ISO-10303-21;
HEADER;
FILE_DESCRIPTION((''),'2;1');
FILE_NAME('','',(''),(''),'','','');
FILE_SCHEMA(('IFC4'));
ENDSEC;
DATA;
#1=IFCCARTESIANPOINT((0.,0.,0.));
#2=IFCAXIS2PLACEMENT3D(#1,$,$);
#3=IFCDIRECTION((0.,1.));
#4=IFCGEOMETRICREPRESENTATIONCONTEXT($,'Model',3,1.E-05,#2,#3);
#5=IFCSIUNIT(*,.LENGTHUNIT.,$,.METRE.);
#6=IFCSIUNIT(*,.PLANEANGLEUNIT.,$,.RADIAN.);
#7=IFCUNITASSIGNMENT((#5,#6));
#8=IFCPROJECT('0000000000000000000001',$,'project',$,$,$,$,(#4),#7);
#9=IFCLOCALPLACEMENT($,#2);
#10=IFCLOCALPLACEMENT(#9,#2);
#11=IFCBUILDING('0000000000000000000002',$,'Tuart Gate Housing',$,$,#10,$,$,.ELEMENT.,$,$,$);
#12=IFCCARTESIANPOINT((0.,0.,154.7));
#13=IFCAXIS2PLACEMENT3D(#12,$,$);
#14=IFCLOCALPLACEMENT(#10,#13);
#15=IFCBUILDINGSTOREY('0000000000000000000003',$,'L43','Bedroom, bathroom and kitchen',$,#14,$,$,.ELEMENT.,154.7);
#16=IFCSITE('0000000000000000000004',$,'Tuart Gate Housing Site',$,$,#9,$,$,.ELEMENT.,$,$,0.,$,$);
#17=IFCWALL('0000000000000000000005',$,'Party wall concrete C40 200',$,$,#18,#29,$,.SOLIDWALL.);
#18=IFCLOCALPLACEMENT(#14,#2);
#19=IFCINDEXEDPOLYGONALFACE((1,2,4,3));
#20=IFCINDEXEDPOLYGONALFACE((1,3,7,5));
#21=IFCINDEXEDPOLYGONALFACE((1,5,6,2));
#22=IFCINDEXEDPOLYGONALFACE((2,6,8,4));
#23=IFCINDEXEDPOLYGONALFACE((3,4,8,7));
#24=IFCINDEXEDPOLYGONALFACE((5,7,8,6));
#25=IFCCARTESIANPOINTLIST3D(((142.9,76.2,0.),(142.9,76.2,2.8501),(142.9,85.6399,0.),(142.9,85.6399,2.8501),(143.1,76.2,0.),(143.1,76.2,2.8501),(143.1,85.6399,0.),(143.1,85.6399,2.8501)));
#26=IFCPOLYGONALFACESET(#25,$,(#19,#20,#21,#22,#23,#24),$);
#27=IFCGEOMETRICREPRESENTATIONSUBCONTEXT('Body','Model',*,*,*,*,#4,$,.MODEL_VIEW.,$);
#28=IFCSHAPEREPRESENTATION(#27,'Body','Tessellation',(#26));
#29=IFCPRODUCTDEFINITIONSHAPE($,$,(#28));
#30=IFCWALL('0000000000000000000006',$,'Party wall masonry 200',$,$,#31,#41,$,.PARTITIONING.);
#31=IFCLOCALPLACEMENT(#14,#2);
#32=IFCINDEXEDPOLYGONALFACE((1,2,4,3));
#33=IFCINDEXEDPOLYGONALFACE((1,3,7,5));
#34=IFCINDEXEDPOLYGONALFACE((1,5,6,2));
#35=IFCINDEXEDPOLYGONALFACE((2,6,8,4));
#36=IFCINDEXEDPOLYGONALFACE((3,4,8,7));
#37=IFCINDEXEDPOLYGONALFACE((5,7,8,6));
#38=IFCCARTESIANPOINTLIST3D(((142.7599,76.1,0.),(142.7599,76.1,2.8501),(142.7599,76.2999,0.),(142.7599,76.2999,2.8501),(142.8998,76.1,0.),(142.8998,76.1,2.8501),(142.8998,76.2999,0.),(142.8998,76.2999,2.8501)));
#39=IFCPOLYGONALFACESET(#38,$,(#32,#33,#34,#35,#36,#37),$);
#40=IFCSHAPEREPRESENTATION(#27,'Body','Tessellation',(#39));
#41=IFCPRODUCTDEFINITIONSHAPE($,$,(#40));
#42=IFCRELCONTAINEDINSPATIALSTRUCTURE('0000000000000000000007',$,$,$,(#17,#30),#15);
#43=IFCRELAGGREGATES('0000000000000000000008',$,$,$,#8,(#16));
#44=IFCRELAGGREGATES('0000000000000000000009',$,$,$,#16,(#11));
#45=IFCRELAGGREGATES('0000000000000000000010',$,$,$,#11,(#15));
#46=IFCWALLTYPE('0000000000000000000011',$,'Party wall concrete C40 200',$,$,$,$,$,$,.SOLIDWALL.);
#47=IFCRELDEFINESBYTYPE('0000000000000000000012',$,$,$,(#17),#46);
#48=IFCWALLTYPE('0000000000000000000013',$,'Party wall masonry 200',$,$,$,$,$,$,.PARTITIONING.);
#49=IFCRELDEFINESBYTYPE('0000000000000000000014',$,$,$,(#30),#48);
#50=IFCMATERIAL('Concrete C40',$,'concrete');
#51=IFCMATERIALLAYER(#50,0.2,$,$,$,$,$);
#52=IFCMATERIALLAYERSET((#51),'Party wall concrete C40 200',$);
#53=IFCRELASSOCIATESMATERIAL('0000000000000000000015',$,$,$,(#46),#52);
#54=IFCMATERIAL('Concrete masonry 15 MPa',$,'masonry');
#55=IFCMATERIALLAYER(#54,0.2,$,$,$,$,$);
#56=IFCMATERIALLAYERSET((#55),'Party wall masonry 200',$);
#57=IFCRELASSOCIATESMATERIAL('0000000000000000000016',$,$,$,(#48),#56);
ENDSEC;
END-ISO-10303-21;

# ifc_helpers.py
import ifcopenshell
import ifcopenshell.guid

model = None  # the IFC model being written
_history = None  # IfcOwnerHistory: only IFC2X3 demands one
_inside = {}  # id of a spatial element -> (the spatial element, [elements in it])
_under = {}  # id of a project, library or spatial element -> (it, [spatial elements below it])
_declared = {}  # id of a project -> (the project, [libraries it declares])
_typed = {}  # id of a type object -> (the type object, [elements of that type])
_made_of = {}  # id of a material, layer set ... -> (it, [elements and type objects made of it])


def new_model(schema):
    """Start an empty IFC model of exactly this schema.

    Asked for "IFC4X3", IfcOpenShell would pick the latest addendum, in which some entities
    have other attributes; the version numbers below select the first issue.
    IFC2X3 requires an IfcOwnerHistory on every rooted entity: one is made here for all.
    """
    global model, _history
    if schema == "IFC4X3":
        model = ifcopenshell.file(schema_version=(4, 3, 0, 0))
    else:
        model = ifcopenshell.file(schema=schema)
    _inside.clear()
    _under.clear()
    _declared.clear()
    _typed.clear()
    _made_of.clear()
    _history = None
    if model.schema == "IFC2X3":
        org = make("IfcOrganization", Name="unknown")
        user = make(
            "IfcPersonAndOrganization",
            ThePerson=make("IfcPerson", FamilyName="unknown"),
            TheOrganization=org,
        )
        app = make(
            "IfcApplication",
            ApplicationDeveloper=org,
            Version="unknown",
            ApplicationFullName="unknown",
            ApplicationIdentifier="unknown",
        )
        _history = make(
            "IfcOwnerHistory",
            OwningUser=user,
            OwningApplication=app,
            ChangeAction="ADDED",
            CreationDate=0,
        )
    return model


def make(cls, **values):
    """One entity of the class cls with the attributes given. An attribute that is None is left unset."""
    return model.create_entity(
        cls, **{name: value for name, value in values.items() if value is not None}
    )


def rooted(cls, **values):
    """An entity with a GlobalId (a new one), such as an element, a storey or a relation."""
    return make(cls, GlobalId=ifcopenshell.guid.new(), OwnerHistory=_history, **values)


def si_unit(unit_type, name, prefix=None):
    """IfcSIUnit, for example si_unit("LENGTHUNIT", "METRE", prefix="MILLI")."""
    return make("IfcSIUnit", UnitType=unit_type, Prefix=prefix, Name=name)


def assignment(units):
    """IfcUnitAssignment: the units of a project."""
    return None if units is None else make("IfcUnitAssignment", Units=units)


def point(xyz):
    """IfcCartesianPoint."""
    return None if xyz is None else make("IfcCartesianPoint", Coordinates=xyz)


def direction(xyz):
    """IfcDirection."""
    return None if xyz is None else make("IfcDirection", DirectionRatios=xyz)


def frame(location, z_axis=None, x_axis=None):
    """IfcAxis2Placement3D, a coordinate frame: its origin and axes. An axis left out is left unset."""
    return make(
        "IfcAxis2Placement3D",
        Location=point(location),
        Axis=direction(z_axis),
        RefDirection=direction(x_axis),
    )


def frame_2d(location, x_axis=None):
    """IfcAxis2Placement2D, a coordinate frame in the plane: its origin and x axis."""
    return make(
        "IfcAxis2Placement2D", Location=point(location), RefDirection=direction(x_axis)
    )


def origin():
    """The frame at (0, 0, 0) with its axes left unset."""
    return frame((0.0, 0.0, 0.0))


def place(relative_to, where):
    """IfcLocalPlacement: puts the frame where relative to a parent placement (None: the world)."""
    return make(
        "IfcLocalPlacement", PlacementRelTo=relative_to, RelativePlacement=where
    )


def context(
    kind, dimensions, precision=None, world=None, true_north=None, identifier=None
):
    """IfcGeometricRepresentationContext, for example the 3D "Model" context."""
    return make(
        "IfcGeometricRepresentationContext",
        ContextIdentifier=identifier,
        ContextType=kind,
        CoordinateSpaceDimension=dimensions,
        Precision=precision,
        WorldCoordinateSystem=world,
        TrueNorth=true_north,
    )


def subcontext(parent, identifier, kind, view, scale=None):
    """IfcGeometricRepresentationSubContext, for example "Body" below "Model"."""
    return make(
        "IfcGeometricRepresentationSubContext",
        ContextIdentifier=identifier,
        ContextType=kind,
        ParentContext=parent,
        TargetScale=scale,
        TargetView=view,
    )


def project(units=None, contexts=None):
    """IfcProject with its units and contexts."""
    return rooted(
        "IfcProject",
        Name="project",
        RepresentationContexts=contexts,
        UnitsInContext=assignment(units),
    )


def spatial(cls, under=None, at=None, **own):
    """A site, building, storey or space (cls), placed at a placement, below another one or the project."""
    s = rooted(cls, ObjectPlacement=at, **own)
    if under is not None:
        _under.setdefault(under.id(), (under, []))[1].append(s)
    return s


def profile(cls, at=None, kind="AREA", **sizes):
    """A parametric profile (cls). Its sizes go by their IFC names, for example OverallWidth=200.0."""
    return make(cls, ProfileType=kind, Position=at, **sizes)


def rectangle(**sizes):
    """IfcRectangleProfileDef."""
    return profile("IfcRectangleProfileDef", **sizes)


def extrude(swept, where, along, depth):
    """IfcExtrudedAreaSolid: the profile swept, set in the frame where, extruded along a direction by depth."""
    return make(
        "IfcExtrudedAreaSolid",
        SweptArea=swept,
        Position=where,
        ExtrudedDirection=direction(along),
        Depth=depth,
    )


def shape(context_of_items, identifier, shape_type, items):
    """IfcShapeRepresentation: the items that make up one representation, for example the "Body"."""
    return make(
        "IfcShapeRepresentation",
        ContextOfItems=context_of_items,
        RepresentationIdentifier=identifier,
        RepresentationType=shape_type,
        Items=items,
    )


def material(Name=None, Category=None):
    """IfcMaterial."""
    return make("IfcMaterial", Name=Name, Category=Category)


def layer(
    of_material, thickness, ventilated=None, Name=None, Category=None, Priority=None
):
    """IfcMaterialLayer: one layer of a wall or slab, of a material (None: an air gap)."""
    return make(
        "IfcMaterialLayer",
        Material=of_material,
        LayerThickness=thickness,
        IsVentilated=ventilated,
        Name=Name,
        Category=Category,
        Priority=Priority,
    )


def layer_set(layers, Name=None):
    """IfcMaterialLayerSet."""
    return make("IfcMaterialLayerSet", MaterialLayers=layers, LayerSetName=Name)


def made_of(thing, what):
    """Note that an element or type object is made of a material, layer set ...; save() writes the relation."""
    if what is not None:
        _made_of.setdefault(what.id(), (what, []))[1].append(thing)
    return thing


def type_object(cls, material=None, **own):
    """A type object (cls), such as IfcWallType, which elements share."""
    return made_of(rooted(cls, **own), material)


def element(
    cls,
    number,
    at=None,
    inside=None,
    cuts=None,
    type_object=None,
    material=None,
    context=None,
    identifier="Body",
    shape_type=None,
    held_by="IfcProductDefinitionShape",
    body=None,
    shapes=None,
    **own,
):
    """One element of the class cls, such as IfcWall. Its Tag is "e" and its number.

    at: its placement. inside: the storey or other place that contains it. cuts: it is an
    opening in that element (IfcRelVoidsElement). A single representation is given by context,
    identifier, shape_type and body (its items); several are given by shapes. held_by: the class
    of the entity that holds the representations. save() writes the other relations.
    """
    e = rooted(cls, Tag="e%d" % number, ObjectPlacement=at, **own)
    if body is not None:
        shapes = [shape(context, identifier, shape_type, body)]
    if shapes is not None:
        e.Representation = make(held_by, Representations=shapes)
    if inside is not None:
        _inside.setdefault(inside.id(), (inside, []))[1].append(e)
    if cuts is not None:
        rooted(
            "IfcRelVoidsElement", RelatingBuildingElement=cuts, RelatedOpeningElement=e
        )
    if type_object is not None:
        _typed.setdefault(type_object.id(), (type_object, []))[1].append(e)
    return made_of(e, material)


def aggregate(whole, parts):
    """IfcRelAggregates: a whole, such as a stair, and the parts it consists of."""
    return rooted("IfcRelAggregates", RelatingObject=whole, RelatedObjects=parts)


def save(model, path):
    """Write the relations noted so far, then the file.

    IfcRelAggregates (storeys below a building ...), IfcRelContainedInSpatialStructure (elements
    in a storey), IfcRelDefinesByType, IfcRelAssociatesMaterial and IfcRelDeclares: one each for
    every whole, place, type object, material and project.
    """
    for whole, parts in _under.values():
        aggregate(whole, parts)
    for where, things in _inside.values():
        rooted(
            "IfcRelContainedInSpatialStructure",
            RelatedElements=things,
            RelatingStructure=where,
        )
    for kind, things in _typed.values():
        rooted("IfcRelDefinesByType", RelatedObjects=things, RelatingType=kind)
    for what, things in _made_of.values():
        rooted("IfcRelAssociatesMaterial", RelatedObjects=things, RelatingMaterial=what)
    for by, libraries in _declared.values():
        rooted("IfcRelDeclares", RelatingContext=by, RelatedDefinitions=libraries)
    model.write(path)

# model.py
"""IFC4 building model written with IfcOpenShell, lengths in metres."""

from ifc_helpers import new_model, si_unit, direction, frame, frame_2d, origin, place, context, subcontext, project, spatial, rectangle, extrude, material, layer, layer_set, type_object, element, save


model = new_model("IFC4")

# Units and contexts
model_context = context("Model", 3, precision=1e-05, world=origin(), true_north=direction((0.0, 1.0)))
body_context = subcontext(model_context, "Body", "Model", "MODEL_VIEW")
ifc_project = project(units=[si_unit("LENGTHUNIT", "METRE"), si_unit("PLANEANGLEUNIT", "RADIAN")], contexts=[model_context])

# Site, building, storey
site_placement = place(None, origin())
site = spatial("IfcSite", under=ifc_project, at=site_placement, Name="Tuart Gate Housing Site", CompositionType="ELEMENT", RefElevation=0.0)
building_placement = place(site_placement, origin())
building = spatial("IfcBuilding", under=site, at=building_placement, Name="Tuart Gate Housing", CompositionType="ELEMENT")
storey_placement = place(building_placement, frame((0.0, 0.0, 154.7)))
storey = spatial("IfcBuildingStorey", under=building, at=storey_placement, Name="L43", Description="Bedroom, bathroom and kitchen", CompositionType="ELEMENT", Elevation=154.7)

# Walls
ifc_material_1 = material(Name="Concrete C40", Category="concrete")
ifc_layer_1 = layer(ifc_material_1, 0.2)
ifc_layer_set_1 = layer_set([ifc_layer_1], Name="Party wall concrete C40 200")
wall_type_1 = type_object("IfcWallType", Name="Party wall concrete C40 200", PredefinedType="SOLIDWALL", material=ifc_layer_set_1)
wall_1_placement = place(storey_placement, frame((143.0, 76.2, 0.0), z_axis=(0.0, 0.0, 1.0), x_axis=(0.0, 1.0, 0.0)))
element("IfcWall", 1, at=wall_1_placement, inside=storey, type_object=wall_type_1, Name="Party wall concrete C40 200", PredefinedType="SOLIDWALL", context=body_context, shape_type="SweptSolid", body=[
    extrude(rectangle(XDim=9.4399, YDim=0.2, at=frame_2d((4.72, 0.0))), origin(), (0.0, 0.0, 1.0), 2.8501),
])
ifc_material_2 = material(Name="Concrete masonry 15 MPa", Category="masonry")
ifc_layer_2 = layer(ifc_material_2, 0.2)
ifc_layer_set_2 = layer_set([ifc_layer_2], Name="Party wall masonry 200")
wall_type_2 = type_object("IfcWallType", Name="Party wall masonry 200", PredefinedType="PARTITIONING", material=ifc_layer_set_2)
wall_2_placement = place(storey_placement, frame((142.76, 76.2, 0.0), z_axis=(0.0, 0.0, 1.0), x_axis=(1.0, 0.0, 0.0)))
element("IfcWall", 2, at=wall_2_placement, inside=storey, type_object=wall_type_2, Name="Party wall masonry 200", PredefinedType="PARTITIONING", context=body_context, shape_type="SweptSolid", body=[
    extrude(rectangle(XDim=0.1399, YDim=0.2, at=frame_2d((0.0698, 0.0))), origin(), (0.0, 0.0, 1.0), 2.8501),
])

save(model, "model.ifc")
